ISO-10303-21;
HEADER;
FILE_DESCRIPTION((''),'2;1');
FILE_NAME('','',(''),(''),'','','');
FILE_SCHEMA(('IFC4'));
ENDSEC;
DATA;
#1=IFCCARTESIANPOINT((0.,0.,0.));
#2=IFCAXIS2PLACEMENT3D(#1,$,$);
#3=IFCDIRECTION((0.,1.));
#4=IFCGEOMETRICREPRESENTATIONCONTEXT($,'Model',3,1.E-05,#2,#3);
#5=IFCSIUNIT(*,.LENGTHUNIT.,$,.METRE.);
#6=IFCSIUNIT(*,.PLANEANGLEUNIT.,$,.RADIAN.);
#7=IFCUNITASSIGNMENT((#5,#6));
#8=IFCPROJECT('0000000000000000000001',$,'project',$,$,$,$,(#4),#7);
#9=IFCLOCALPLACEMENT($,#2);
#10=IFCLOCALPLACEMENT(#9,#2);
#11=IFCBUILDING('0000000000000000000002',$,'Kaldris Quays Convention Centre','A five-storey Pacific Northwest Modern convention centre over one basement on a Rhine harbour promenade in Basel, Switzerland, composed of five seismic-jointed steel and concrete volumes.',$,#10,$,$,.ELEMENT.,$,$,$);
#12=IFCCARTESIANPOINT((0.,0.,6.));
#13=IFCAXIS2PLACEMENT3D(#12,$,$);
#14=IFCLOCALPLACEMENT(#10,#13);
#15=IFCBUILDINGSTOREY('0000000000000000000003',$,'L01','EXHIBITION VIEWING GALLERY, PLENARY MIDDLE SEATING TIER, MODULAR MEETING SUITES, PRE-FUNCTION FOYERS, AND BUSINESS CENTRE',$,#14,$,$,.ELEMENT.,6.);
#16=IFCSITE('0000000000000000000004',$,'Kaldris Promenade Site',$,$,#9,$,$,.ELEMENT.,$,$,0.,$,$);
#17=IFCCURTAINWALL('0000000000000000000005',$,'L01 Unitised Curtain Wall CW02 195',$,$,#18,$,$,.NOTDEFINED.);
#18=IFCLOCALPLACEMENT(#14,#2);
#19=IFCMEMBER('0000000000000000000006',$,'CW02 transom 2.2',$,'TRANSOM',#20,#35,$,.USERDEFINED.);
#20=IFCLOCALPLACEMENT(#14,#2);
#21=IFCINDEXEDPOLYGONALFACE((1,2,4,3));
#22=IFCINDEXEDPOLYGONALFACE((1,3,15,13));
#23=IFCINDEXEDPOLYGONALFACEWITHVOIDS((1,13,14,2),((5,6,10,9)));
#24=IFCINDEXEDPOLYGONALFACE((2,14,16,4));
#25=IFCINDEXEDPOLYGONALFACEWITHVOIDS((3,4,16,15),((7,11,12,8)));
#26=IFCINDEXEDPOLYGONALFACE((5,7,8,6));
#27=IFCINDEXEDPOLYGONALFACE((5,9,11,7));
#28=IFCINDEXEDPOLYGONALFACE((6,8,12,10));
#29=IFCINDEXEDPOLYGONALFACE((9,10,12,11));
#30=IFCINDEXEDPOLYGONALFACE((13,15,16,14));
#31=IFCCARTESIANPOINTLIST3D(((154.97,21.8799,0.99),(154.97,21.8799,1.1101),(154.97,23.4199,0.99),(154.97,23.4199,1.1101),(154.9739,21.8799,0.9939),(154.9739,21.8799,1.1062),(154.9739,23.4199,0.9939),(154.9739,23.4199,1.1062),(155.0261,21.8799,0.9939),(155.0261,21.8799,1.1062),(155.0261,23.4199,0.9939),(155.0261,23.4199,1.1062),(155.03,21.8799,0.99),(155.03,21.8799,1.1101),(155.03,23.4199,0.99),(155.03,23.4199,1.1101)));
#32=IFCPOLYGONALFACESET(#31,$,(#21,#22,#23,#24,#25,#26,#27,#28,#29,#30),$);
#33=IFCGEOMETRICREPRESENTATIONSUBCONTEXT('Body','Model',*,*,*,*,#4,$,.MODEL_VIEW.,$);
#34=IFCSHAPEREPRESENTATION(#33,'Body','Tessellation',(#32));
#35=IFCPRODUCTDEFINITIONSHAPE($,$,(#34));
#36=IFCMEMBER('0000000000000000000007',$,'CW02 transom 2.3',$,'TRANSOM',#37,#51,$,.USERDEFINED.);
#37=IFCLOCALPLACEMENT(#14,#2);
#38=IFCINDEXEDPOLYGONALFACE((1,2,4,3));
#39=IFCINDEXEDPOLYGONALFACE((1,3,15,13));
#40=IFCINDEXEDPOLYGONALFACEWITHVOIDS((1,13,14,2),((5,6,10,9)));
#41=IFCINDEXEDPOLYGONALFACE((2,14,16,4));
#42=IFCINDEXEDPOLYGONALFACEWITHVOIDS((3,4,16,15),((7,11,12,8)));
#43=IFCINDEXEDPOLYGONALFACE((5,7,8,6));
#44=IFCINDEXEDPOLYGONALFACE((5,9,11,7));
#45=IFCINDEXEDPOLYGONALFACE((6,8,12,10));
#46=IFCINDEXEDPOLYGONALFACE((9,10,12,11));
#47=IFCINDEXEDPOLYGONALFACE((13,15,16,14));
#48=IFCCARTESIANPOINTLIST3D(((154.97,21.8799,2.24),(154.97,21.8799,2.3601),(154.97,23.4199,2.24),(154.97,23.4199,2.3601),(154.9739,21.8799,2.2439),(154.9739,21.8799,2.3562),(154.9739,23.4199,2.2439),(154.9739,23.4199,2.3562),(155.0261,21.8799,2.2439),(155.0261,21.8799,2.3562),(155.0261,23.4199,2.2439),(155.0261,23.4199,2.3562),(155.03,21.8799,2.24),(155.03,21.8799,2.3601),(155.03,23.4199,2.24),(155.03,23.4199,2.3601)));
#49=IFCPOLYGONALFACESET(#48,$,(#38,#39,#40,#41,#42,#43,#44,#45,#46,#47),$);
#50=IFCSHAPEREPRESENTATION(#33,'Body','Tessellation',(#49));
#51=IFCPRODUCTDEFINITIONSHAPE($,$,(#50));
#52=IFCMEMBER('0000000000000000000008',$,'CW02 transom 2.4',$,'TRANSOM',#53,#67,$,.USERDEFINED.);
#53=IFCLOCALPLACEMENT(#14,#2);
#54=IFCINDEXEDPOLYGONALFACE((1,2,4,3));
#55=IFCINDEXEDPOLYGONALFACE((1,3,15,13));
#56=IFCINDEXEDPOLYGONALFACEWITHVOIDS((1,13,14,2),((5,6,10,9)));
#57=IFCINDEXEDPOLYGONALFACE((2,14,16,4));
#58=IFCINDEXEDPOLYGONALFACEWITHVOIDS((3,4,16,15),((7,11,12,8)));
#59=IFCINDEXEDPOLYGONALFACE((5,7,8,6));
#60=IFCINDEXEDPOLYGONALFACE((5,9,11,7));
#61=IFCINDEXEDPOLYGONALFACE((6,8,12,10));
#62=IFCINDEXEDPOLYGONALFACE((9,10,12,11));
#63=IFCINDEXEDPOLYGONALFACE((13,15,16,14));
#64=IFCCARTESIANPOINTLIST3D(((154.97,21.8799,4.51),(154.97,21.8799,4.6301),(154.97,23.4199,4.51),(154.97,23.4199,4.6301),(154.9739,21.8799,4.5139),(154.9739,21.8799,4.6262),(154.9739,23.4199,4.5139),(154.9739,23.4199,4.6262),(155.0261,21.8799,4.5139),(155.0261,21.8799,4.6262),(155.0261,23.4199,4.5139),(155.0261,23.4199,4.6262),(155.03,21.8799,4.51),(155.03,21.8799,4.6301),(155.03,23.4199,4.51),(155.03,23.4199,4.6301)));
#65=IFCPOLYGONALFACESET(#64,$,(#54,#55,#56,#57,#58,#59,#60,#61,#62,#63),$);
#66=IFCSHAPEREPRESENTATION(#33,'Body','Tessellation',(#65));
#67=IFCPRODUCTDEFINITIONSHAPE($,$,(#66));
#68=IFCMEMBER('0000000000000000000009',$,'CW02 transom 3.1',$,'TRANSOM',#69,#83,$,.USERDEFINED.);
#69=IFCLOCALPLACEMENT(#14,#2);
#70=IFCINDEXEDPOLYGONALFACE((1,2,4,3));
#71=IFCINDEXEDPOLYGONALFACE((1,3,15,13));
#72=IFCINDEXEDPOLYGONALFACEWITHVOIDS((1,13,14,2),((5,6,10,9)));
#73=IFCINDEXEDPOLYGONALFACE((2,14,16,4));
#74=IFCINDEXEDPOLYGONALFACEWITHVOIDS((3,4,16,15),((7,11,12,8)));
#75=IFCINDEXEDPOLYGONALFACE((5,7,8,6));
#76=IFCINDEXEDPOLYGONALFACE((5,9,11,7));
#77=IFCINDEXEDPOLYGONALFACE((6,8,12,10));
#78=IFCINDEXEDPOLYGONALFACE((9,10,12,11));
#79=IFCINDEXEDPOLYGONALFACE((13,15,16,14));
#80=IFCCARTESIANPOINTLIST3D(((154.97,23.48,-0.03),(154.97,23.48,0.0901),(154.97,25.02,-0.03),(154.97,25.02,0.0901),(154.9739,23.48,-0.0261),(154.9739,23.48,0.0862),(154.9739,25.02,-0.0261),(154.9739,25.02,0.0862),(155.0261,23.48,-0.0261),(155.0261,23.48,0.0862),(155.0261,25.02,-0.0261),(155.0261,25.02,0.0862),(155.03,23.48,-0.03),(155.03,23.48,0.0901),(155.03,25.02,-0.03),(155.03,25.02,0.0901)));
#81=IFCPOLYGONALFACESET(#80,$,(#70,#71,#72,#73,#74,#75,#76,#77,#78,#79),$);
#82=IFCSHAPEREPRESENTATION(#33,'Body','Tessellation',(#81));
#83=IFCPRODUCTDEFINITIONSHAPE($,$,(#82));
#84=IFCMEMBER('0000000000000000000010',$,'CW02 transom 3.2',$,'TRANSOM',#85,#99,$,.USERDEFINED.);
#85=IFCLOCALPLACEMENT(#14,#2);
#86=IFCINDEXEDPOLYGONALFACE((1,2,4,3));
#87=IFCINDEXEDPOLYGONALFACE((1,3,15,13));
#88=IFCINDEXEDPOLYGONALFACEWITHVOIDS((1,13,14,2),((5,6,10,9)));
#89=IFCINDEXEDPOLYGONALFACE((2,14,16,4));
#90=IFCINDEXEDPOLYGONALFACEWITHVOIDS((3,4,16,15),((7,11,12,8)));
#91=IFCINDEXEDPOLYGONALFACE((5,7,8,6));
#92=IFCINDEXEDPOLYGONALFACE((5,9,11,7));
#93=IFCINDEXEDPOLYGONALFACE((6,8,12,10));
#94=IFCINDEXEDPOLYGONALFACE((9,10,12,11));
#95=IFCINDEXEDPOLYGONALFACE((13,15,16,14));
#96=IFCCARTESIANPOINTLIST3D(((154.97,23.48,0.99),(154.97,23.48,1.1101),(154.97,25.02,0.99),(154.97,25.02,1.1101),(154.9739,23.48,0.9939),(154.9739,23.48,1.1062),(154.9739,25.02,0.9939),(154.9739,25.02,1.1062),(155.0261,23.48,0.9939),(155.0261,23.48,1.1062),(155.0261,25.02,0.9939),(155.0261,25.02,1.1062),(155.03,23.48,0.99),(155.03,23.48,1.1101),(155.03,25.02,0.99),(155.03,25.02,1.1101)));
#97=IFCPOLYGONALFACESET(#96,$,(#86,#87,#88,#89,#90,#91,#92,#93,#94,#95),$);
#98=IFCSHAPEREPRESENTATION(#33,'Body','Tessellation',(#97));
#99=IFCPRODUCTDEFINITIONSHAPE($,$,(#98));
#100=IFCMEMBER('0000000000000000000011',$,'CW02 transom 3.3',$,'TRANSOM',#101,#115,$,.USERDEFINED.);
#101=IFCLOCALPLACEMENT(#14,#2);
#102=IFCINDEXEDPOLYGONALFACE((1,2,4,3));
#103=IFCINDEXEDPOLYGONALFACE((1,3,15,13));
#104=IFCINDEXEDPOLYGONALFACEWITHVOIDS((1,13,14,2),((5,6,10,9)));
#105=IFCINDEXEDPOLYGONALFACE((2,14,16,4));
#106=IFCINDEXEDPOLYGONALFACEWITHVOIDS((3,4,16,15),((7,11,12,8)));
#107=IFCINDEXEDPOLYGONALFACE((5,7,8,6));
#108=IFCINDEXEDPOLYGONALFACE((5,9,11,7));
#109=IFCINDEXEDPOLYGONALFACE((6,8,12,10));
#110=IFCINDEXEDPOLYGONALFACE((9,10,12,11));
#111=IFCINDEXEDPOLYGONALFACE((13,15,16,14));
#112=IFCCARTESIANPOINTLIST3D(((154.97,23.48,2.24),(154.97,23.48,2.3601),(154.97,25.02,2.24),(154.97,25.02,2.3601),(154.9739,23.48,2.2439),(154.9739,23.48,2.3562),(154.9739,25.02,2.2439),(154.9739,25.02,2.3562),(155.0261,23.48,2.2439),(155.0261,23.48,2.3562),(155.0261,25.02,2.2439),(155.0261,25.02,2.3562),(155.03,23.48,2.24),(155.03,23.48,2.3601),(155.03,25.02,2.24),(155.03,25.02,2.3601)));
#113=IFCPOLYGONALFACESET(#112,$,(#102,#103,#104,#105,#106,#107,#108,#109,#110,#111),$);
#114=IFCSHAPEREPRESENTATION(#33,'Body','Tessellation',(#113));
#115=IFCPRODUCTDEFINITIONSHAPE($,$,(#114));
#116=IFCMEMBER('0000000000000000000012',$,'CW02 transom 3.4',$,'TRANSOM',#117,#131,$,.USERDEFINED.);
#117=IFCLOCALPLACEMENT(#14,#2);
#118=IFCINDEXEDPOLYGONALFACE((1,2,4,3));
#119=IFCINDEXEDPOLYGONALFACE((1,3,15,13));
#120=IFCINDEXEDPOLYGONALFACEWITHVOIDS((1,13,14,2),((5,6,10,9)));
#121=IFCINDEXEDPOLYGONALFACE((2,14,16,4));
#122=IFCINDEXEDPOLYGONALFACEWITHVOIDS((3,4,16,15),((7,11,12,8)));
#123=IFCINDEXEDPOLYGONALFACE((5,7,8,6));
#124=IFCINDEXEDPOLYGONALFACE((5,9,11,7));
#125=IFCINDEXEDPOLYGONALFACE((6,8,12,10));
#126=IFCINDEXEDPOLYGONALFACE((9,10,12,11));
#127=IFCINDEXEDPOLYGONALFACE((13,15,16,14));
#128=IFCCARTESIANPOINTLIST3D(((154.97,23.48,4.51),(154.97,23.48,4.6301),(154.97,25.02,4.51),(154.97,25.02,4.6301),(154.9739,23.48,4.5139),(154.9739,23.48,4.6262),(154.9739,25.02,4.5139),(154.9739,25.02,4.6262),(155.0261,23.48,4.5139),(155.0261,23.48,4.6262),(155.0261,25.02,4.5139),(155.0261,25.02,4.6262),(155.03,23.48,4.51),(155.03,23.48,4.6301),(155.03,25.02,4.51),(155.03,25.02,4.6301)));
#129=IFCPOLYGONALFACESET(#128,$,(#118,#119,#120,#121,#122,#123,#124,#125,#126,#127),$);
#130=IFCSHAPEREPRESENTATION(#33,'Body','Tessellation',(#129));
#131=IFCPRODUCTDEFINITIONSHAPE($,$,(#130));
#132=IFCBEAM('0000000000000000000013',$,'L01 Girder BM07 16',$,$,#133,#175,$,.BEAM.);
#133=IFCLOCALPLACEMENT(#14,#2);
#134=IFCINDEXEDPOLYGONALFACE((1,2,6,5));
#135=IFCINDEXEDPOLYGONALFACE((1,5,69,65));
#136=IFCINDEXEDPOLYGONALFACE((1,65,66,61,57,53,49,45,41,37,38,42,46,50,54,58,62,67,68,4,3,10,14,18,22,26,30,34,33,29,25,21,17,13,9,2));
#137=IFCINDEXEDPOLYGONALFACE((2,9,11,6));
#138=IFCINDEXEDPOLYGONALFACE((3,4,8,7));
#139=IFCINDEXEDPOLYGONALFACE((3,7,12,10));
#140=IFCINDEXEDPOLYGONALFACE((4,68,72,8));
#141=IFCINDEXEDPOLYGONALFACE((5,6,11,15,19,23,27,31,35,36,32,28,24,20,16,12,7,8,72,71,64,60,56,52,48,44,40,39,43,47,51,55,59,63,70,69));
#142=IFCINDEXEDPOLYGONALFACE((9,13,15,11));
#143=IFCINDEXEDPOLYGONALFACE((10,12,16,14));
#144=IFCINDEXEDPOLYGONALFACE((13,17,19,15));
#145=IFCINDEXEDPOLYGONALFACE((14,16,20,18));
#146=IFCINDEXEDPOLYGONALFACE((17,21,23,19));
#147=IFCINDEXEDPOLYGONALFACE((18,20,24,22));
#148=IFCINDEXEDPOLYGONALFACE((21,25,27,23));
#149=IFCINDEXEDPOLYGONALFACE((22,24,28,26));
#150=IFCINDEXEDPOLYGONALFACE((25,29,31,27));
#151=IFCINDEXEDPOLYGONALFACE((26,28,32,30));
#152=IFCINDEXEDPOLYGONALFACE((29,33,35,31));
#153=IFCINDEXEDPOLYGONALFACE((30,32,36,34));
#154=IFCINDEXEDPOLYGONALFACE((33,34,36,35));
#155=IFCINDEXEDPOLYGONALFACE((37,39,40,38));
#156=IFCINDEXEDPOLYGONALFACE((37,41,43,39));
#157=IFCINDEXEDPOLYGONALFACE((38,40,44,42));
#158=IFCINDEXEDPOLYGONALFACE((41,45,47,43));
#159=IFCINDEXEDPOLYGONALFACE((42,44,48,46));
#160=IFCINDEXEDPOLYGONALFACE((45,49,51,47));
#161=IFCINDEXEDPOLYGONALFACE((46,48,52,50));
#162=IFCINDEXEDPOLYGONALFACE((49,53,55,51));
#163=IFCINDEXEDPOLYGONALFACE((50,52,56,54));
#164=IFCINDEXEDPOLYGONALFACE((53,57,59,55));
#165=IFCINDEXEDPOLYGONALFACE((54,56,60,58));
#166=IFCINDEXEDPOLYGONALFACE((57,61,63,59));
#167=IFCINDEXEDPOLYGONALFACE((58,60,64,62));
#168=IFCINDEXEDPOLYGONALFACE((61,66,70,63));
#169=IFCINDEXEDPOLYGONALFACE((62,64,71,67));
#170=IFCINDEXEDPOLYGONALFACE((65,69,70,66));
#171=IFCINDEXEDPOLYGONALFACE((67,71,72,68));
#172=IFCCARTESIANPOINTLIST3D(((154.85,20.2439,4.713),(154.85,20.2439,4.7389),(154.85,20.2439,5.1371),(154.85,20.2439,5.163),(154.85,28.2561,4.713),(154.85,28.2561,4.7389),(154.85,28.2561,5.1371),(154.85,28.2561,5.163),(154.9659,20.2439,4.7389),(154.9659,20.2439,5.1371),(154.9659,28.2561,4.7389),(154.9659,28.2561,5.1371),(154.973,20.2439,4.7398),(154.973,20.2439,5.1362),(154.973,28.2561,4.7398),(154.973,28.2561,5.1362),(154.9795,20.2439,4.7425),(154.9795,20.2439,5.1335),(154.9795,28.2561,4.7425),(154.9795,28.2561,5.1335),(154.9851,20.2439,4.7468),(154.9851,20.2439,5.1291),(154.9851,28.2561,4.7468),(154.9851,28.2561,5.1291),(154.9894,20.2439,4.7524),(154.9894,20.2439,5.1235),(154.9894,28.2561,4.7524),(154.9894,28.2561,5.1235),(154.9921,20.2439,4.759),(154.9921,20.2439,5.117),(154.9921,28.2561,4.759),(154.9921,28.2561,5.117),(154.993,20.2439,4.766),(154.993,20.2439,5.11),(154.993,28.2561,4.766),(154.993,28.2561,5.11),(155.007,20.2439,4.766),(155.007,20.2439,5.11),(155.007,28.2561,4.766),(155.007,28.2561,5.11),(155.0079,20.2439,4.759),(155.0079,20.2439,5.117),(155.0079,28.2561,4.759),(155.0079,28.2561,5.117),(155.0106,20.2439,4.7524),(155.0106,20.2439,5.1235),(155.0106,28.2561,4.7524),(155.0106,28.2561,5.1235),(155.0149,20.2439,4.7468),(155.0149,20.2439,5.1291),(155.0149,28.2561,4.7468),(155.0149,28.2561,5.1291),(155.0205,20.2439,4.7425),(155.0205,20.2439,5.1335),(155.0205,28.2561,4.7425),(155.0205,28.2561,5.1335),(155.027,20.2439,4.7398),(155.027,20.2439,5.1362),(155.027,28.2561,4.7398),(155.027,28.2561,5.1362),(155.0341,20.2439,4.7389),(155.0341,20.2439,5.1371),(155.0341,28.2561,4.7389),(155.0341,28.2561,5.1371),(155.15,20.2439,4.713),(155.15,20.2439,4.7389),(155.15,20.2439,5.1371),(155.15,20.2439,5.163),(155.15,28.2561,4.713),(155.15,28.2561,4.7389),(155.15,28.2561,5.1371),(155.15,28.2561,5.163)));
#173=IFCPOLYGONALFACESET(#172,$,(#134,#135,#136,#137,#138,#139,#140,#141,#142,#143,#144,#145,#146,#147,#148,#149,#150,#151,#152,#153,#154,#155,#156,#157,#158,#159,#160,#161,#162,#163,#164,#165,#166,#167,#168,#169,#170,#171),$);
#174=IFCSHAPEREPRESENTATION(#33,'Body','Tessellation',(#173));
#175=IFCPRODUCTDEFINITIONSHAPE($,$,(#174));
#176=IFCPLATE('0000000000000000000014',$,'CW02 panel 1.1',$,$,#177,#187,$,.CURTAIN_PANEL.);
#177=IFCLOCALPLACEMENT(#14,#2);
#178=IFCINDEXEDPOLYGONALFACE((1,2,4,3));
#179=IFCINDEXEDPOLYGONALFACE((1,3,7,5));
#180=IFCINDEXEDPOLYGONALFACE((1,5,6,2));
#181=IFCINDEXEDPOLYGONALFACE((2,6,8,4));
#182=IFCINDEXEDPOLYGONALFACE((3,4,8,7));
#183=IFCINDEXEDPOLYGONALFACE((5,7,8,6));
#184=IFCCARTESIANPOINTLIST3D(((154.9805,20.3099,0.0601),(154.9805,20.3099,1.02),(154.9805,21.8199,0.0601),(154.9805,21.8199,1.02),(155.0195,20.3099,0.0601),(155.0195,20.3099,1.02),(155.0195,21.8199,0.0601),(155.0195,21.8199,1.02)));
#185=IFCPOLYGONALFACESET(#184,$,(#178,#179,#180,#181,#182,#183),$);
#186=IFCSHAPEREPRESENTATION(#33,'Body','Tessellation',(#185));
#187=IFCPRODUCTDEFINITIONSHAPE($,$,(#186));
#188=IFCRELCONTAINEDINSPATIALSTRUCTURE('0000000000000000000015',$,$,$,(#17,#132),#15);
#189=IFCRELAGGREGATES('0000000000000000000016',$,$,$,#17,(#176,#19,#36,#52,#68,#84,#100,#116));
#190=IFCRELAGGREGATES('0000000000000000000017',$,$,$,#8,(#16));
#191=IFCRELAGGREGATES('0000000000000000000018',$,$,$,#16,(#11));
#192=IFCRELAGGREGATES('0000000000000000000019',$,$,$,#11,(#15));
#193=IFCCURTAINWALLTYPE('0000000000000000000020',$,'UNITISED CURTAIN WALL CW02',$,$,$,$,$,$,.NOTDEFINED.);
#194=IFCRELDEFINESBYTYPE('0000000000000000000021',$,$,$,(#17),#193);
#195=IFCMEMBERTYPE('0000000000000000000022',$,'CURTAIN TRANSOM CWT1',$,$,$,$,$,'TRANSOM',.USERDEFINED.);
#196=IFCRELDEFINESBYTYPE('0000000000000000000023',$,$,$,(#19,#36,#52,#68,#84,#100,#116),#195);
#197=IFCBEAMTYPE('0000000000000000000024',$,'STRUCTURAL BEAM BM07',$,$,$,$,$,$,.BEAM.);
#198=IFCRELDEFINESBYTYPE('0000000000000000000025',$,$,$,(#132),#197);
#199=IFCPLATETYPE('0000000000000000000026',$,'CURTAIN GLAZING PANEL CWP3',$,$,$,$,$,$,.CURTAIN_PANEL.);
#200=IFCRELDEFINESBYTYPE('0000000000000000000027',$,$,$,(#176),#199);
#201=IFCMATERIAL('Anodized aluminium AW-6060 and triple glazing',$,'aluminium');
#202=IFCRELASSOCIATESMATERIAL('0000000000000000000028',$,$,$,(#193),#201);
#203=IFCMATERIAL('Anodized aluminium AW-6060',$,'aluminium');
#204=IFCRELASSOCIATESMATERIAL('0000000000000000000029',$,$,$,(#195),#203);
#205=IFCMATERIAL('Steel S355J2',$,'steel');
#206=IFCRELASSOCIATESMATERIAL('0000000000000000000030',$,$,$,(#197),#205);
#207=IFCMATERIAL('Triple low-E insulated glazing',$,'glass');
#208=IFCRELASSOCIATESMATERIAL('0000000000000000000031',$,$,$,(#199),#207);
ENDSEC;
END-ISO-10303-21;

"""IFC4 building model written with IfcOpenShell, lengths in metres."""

from ifc_helpers import new_model, si_unit, direction, frame, origin, origin_2d, place, context, subcontext, project, spatial, rectangle, hollow_rectangle, i_section, extrude, material, material_profile, profile_set, type_object, element, aggregate, save


model = new_model("IFC4")

# Units and contexts
model_context = context("Model", 3, precision=1e-05, world=origin(), true_north=direction((0.0, 1.0)))
body_context = subcontext(model_context, "Body", "Model", "MODEL_VIEW")
ifc_project = project(units=[si_unit("LENGTHUNIT", "METRE"), si_unit("PLANEANGLEUNIT", "RADIAN")], contexts=[model_context])

# Site, building, storey
site_placement = place(None, origin())
site = spatial("IfcSite", under=ifc_project, at=site_placement, Name="Kaldris Promenade Site", CompositionType="ELEMENT", RefElevation=0.0)
building_placement = place(site_placement, origin())
building = spatial("IfcBuilding", under=site, at=building_placement, Name="Kaldris Quays Convention Centre", Description="A five-storey Pacific Northwest Modern convention centre over one basement on a Rhine harbour promenade in Basel, Switzerland, composed of five seismic-jointed steel and concrete volumes.", CompositionType="ELEMENT")
storey_placement = place(building_placement, frame((0.0, 0.0, 6.0)))
storey = spatial("IfcBuildingStorey", under=building, at=storey_placement, Name="L01", Description="EXHIBITION VIEWING GALLERY, PLENARY MIDDLE SEATING TIER, MODULAR MEETING SUITES, PRE-FUNCTION FOYERS, AND BUSINESS CENTRE", CompositionType="ELEMENT", Elevation=6.0)

# Shared definitions
ifc_material_1 = material(Name="Steel S355J2", Category="steel")

# Curtain wall, members
ifc_material_2 = material(Name="Anodized aluminium AW-6060 and triple glazing", Category="aluminium")
curtain_wall_type = type_object("IfcCurtainWallType", Name="UNITISED CURTAIN WALL CW02", PredefinedType="NOTDEFINED", material=ifc_material_2)
curtain_wall_placement = place(storey_placement, origin())
curtain_wall = element("IfcCurtainWall", 1, at=curtain_wall_placement, inside=storey, type_object=curtain_wall_type, Name="L01 Unitised Curtain Wall CW02 195", PredefinedType="NOTDEFINED")
ifc_material_3 = material(Name="Anodized aluminium AW-6060", Category="aluminium")
ifc_material_profile_1 = material_profile(ifc_material_3, hollow_rectangle(XDim=0.0601, YDim=0.1201, WallThickness=0.0039, at=origin_2d()), Name="RHS 120x60x4")
ifc_profile_set_1 = profile_set([ifc_material_profile_1], Name="Anodized aluminium AW-6060")
member_type_1 = type_object("IfcMemberType", Name="CURTAIN TRANSOM CWT1", ElementType="TRANSOM", PredefinedType="USERDEFINED", material=ifc_profile_set_1)
member_1_placement = place(storey_placement, frame((155.0, 21.8799, 1.05), z_axis=(0.0, 1.0, 0.0), x_axis=(-1.0, 0.0, 0.0)))
member_1 = element("IfcMember", 2, at=member_1_placement, type_object=member_type_1, Name="CW02 transom 2.2", ObjectType="TRANSOM", PredefinedType="USERDEFINED", context=body_context, shape_type="SweptSolid", body=[
    extrude(hollow_rectangle(XDim=0.0601, YDim=0.1201, WallThickness=0.0039, at=origin_2d()), origin(), (0.0, 0.0, 1.0), 1.54),
])
member_2_placement = place(storey_placement, frame((155.0, 21.8799, 2.3), z_axis=(0.0, 1.0, 0.0), x_axis=(-1.0, 0.0, 0.0)))
member_2 = element("IfcMember", 3, at=member_2_placement, type_object=member_type_1, Name="CW02 transom 2.3", ObjectType="TRANSOM", PredefinedType="USERDEFINED", context=body_context, shape_type="SweptSolid", body=[
    extrude(hollow_rectangle(XDim=0.0601, YDim=0.1201, WallThickness=0.0039, at=origin_2d()), origin(), (0.0, 0.0, 1.0), 1.54),
])
member_3_placement = place(storey_placement, frame((155.0, 21.8799, 4.5701), z_axis=(0.0, 1.0, 0.0), x_axis=(-1.0, 0.0, 0.0)))
member_3 = element("IfcMember", 4, at=member_3_placement, type_object=member_type_1, Name="CW02 transom 2.4", ObjectType="TRANSOM", PredefinedType="USERDEFINED", context=body_context, shape_type="SweptSolid", body=[
    extrude(hollow_rectangle(XDim=0.0601, YDim=0.1201, WallThickness=0.0039, at=origin_2d()), origin(), (0.0, 0.0, 1.0), 1.54),
])
member_4_placement = place(storey_placement, frame((155.0, 23.48, 0.03), z_axis=(0.0, 1.0, 0.0), x_axis=(-1.0, 0.0, 0.0)))
member_4 = element("IfcMember", 5, at=member_4_placement, type_object=member_type_1, Name="CW02 transom 3.1", ObjectType="TRANSOM", PredefinedType="USERDEFINED", context=body_context, shape_type="SweptSolid", body=[
    extrude(hollow_rectangle(XDim=0.0601, YDim=0.1201, WallThickness=0.0039, at=origin_2d()), origin(), (0.0, 0.0, 1.0), 1.54),
])
member_5_placement = place(storey_placement, frame((155.0, 23.48, 1.05), z_axis=(0.0, 1.0, 0.0), x_axis=(-1.0, 0.0, 0.0)))
member_5 = element("IfcMember", 6, at=member_5_placement, type_object=member_type_1, Name="CW02 transom 3.2", ObjectType="TRANSOM", PredefinedType="USERDEFINED", context=body_context, shape_type="SweptSolid", body=[
    extrude(hollow_rectangle(XDim=0.0601, YDim=0.1201, WallThickness=0.0039, at=origin_2d()), origin(), (0.0, 0.0, 1.0), 1.54),
])
member_6_placement = place(storey_placement, frame((155.0, 23.48, 2.3), z_axis=(0.0, 1.0, 0.0), x_axis=(-1.0, 0.0, 0.0)))
member_6 = element("IfcMember", 7, at=member_6_placement, type_object=member_type_1, Name="CW02 transom 3.3", ObjectType="TRANSOM", PredefinedType="USERDEFINED", context=body_context, shape_type="SweptSolid", body=[
    extrude(hollow_rectangle(XDim=0.0601, YDim=0.1201, WallThickness=0.0039, at=origin_2d()), origin(), (0.0, 0.0, 1.0), 1.54),
])
member_7_placement = place(storey_placement, frame((155.0, 23.48, 4.5701), z_axis=(0.0, 1.0, 0.0), x_axis=(-1.0, 0.0, 0.0)))
member_7 = element("IfcMember", 8, at=member_7_placement, type_object=member_type_1, Name="CW02 transom 3.4", ObjectType="TRANSOM", PredefinedType="USERDEFINED", context=body_context, shape_type="SweptSolid", body=[
    extrude(hollow_rectangle(XDim=0.0601, YDim=0.1201, WallThickness=0.0039, at=origin_2d()), origin(), (0.0, 0.0, 1.0), 1.54),
])

# Beam
ifc_material_profile_2 = material_profile(ifc_material_1, i_section(OverallWidth=0.3, OverallDepth=0.45, WebThickness=0.0139, FlangeThickness=0.0259, FilletRadius=0.0271, at=origin_2d()), Name="HEB 450")
ifc_profile_set_2 = profile_set([ifc_material_profile_2], Name="Steel S355J2")
beam_type = type_object("IfcBeamType", Name="STRUCTURAL BEAM BM07", PredefinedType="BEAM", material=ifc_profile_set_2)
beam_placement = place(storey_placement, frame((155.0, 20.2439, 4.938), z_axis=(0.0, 1.0, 0.0), x_axis=(-1.0, 0.0, 0.0)))
element("IfcBeam", 9, at=beam_placement, inside=storey, type_object=beam_type, Name="L01 Girder BM07 16", PredefinedType="BEAM", context=body_context, shape_type="SweptSolid", body=[
    extrude(i_section(OverallWidth=0.3, OverallDepth=0.45, WebThickness=0.0139, FlangeThickness=0.0259, FilletRadius=0.0271, at=origin_2d()), origin(), (0.0, 0.0, 1.0), 8.0122),
])

# Plate
ifc_material_4 = material(Name="Triple low-E insulated glazing", Category="glass")
plate_type = type_object("IfcPlateType", Name="CURTAIN GLAZING PANEL CWP3", PredefinedType="CURTAIN_PANEL", material=ifc_material_4)
plate_1_placement = place(storey_placement, frame((155.0, 21.0649, 0.0601), z_axis=(0.0, 0.0, 1.0), x_axis=(0.0, 1.0, 0.0)))
plate_1 = element("IfcPlate", 10, at=plate_1_placement, type_object=plate_type, Name="CW02 panel 1.1", PredefinedType="CURTAIN_PANEL", context=body_context, shape_type="SweptSolid", body=[
    extrude(rectangle(XDim=1.51, YDim=0.0391, at=origin_2d()), origin(), (0.0, 0.0, 1.0), 0.96),
])
aggregate(curtain_wall, [plate_1, member_1, member_2, member_3, member_4, member_5, member_6, member_7])

save(model, "model.ifc")
